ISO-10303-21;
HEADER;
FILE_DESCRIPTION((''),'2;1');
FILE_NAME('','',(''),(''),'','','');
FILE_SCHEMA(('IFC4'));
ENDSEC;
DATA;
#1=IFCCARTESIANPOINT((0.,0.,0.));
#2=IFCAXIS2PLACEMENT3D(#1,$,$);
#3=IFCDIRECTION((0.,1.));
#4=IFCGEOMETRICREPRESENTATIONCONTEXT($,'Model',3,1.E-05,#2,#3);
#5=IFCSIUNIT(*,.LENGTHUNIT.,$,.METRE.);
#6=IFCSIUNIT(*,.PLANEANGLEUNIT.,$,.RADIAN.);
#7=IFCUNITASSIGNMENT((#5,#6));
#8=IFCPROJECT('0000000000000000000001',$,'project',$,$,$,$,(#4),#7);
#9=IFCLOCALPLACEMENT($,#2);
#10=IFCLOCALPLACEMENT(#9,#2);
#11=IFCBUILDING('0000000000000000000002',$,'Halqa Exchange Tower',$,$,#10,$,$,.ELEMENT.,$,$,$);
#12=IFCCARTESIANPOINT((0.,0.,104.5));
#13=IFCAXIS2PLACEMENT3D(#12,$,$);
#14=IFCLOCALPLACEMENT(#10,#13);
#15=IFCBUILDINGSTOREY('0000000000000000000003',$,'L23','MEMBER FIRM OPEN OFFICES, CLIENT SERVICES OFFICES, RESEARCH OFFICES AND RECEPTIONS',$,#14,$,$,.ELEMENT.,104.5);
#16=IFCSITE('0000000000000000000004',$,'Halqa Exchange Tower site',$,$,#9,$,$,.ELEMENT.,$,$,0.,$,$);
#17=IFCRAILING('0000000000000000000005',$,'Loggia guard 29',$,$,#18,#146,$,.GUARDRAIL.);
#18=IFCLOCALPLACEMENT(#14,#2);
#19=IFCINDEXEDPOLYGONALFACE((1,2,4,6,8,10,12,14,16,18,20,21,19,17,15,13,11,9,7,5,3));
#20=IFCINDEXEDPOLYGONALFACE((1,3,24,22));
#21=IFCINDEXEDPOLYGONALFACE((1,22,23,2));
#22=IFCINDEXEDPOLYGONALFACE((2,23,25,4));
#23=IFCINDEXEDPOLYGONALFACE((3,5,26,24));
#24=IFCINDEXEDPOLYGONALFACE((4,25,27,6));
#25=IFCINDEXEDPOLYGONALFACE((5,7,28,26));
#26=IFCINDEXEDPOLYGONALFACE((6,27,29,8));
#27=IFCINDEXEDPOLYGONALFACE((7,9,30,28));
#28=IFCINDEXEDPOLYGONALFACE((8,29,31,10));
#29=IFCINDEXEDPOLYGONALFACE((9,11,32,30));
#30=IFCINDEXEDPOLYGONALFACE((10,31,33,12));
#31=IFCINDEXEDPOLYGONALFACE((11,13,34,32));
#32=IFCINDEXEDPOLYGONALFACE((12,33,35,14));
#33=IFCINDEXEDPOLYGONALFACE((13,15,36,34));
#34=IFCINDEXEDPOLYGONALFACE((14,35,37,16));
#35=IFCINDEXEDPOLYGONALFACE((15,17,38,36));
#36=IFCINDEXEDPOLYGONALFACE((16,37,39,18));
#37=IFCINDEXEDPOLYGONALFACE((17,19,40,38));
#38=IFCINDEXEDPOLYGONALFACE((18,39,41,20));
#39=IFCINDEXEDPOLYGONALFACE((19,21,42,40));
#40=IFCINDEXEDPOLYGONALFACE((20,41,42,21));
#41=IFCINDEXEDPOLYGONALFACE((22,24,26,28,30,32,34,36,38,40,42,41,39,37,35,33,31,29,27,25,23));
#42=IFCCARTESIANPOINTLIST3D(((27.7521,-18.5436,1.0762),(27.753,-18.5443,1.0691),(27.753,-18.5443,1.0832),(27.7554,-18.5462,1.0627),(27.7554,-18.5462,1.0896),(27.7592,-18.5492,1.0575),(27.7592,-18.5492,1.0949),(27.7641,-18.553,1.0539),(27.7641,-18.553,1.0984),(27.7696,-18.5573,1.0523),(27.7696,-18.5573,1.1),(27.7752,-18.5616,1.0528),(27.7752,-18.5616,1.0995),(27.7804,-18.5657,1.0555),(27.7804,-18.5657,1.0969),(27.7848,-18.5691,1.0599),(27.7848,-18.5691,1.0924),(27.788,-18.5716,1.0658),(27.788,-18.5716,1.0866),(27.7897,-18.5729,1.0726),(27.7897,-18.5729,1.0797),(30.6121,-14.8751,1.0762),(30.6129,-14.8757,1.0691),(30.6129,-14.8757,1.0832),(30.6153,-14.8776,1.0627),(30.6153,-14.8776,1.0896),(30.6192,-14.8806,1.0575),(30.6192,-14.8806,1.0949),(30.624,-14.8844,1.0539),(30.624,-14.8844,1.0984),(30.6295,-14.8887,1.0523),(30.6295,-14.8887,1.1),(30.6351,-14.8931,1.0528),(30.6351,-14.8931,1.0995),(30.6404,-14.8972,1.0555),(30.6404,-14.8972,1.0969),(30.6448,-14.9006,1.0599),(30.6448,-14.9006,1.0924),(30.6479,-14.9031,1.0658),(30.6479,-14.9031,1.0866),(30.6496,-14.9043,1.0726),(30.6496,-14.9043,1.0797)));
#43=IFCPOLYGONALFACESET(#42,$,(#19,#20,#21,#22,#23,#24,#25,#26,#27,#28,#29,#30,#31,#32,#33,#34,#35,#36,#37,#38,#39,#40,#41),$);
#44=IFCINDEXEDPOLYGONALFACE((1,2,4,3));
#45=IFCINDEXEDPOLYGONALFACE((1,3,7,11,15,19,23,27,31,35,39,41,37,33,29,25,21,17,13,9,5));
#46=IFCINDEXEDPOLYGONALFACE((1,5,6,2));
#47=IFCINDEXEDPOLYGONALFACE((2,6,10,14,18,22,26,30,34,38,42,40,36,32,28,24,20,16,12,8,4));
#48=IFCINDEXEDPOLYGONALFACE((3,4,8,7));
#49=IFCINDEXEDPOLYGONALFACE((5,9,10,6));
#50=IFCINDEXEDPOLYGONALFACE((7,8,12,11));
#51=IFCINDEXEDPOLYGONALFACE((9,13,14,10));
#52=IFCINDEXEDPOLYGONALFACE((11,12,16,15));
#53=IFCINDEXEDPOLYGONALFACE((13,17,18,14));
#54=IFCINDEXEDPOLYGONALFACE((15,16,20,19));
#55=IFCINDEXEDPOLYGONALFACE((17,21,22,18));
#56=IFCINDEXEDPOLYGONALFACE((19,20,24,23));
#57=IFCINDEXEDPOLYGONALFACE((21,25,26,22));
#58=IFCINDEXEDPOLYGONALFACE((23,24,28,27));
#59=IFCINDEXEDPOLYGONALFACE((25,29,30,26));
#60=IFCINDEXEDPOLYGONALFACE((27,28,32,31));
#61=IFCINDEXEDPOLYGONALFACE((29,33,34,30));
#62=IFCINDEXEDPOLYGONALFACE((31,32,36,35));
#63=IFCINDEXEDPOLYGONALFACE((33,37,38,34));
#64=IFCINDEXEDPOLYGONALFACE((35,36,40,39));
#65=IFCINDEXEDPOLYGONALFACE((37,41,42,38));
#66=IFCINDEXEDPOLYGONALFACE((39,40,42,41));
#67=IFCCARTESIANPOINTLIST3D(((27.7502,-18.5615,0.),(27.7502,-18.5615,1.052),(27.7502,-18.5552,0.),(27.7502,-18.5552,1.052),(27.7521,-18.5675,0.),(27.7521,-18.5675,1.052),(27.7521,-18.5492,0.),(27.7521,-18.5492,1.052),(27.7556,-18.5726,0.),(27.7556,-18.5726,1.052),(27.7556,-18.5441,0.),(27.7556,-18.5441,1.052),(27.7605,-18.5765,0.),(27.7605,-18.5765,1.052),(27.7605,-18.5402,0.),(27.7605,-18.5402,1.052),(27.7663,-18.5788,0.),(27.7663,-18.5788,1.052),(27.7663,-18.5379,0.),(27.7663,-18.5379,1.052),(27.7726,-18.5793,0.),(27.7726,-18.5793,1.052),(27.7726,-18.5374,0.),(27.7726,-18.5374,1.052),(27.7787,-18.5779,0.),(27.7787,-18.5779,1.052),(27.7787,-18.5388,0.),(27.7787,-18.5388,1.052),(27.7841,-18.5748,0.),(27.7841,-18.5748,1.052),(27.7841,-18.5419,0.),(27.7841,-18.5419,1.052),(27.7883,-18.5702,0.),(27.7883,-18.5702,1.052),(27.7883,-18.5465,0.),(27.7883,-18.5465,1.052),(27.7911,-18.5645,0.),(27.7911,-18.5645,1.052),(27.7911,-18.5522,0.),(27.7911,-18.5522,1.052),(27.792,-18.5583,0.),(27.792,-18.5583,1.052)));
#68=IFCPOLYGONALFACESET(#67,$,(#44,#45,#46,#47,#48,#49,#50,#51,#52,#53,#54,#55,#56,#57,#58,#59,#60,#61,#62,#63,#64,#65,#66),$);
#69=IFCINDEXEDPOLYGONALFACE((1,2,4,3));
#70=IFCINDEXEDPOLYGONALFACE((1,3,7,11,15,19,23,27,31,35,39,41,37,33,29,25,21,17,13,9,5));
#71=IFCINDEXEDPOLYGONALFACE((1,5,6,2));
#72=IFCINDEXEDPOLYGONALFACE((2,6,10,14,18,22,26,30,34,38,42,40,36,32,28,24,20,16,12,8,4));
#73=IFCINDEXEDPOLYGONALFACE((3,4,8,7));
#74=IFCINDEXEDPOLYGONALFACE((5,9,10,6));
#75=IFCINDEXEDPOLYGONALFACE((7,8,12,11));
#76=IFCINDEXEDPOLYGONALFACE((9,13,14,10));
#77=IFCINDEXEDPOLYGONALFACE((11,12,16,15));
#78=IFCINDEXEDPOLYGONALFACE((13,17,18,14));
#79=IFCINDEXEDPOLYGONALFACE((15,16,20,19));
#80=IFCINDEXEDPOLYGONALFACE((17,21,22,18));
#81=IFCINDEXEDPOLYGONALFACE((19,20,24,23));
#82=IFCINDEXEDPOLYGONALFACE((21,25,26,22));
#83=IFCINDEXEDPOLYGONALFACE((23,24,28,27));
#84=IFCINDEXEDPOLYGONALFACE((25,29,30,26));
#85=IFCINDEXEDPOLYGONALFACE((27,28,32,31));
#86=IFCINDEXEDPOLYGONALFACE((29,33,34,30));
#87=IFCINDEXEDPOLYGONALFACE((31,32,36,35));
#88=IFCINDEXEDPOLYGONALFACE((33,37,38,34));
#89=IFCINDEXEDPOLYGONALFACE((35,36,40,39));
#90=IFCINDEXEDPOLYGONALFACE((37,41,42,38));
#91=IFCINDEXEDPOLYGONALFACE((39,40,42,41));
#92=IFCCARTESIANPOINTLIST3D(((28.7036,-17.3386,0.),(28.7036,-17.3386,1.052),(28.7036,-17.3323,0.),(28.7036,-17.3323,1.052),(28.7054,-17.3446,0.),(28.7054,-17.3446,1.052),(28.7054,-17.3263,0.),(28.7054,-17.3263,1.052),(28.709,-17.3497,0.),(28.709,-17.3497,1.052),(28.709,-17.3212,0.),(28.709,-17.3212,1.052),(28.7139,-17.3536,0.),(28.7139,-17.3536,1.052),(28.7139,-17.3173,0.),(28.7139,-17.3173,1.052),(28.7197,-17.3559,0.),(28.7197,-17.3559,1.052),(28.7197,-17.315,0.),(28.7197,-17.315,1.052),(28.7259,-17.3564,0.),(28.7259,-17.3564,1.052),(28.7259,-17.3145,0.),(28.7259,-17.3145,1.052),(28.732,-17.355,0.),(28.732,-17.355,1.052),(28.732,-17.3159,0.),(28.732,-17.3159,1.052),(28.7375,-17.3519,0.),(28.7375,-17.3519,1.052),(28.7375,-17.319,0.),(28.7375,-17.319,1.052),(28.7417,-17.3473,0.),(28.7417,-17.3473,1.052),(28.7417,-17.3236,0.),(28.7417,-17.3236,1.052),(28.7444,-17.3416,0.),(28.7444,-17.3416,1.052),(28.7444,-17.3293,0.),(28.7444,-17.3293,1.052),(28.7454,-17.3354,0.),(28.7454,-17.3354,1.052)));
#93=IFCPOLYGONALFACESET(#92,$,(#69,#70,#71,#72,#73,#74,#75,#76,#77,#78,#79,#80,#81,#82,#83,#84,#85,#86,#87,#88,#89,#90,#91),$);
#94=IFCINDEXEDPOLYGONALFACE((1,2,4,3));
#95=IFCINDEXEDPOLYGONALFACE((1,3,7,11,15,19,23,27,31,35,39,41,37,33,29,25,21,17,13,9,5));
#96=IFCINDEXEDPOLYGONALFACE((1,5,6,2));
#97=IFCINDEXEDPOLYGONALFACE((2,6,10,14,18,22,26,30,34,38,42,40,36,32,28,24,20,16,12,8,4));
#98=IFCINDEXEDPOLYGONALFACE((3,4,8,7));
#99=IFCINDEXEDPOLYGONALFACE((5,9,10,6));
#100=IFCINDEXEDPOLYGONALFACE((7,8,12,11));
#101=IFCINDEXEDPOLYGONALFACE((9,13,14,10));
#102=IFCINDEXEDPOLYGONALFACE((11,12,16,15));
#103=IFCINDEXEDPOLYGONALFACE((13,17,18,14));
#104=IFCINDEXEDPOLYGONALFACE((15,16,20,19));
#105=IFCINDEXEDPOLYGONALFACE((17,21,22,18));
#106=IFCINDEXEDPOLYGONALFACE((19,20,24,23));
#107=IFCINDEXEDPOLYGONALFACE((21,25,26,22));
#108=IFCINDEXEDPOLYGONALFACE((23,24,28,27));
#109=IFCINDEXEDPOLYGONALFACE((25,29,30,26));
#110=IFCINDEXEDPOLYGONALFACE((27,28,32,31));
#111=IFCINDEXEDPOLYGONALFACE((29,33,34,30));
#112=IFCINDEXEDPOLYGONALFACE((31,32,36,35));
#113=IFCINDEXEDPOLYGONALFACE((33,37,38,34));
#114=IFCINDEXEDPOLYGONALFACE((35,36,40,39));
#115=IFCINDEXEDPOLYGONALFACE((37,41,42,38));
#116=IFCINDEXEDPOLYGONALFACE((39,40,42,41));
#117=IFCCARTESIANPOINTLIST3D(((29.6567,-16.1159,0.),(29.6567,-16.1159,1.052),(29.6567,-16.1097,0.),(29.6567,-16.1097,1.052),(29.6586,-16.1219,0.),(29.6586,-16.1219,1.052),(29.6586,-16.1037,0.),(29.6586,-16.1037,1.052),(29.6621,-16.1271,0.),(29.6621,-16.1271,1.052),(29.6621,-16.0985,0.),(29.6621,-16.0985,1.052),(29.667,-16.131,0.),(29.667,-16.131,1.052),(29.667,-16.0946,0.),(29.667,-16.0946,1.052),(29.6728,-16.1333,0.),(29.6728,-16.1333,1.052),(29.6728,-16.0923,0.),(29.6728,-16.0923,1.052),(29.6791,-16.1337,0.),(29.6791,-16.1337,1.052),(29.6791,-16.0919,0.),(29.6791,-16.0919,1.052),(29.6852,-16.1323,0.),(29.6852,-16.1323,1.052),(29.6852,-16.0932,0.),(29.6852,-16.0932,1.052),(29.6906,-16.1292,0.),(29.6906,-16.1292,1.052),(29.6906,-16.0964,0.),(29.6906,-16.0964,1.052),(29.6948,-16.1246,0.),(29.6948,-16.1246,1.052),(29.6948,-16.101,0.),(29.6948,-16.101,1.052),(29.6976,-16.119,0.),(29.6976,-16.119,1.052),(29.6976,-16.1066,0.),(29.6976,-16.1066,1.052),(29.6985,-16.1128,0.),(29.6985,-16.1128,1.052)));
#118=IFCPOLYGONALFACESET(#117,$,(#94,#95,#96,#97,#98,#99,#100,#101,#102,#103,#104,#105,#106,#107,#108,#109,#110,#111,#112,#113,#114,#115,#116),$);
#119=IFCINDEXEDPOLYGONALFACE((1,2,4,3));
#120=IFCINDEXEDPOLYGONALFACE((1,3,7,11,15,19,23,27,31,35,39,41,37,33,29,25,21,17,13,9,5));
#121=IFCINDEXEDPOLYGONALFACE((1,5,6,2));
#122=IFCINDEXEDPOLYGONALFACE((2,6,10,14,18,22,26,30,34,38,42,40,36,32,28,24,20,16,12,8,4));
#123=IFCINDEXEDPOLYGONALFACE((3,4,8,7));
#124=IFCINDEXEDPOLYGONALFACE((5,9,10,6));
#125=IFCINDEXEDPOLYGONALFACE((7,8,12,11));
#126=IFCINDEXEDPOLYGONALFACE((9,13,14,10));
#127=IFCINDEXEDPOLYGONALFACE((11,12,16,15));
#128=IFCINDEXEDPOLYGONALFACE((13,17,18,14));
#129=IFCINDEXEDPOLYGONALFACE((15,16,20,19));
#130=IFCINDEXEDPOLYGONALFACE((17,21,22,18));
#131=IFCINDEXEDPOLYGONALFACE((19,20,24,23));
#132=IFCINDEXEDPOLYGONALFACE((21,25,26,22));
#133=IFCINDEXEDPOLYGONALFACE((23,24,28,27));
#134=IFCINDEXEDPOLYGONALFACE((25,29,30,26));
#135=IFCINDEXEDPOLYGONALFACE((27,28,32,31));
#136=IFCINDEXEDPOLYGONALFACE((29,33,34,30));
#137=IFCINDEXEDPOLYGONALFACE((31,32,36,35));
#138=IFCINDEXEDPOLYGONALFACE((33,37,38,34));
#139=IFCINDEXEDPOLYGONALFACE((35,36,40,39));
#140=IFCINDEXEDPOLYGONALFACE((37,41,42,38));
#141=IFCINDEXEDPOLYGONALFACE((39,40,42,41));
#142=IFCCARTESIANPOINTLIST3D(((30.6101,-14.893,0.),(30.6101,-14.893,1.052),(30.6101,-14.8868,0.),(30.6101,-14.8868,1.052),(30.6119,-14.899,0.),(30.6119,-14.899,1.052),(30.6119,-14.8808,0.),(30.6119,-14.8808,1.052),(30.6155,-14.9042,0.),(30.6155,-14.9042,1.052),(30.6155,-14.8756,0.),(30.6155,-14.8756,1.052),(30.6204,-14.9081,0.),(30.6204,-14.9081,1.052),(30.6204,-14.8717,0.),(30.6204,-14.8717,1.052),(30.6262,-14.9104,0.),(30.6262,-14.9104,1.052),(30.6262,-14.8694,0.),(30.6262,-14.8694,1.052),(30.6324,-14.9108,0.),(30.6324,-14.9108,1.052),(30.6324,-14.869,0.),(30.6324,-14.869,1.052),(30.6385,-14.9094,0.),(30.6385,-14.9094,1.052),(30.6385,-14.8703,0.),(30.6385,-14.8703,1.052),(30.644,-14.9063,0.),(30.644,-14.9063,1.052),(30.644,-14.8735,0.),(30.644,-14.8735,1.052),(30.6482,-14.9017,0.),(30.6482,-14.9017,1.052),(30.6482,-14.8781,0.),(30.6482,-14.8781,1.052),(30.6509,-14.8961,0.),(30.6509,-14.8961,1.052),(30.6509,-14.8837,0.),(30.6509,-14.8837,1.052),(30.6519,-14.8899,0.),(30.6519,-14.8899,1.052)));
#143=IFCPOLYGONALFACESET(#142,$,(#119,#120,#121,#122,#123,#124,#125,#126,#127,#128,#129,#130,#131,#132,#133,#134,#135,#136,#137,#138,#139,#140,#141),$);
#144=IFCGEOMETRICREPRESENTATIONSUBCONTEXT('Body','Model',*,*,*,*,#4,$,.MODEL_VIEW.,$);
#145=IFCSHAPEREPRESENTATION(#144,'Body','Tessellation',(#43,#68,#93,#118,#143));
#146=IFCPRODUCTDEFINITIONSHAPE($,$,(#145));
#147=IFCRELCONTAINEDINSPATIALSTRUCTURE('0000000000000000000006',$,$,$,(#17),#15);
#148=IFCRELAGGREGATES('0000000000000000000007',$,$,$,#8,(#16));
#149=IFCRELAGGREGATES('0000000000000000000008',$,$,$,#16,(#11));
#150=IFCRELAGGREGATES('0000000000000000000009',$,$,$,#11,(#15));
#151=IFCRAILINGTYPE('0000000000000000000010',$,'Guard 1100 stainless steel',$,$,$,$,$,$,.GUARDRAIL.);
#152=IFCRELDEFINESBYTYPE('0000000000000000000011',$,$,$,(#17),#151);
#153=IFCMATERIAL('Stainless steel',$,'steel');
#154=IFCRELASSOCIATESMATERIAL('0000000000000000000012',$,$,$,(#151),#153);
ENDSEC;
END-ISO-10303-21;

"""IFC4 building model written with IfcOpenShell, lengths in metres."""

from ifc_helpers import new_model, si_unit, direction, frame, origin, origin_2d, place, context, subcontext, project, spatial, circle, extrude, material, type_object, element, save


model = new_model("IFC4")

# Units and contexts
model_context = context("Model", 3, precision=1e-05, world=origin(), true_north=direction((0.0, 1.0)))
body_context = subcontext(model_context, "Body", "Model", "MODEL_VIEW")
ifc_project = project(units=[si_unit("LENGTHUNIT", "METRE"), si_unit("PLANEANGLEUNIT", "RADIAN")], contexts=[model_context])

# Site, building, storey
site_placement = place(None, origin())
site = spatial("IfcSite", under=ifc_project, at=site_placement, Name="Halqa Exchange Tower site", CompositionType="ELEMENT", RefElevation=0.0)
building_placement = place(site_placement, origin())
building = spatial("IfcBuilding", under=site, at=building_placement, Name="Halqa Exchange Tower", CompositionType="ELEMENT")
storey_placement = place(building_placement, frame((0.0, 0.0, 104.5)))
storey = spatial("IfcBuildingStorey", under=building, at=storey_placement, Name="L23", Description="MEMBER FIRM OPEN OFFICES, CLIENT SERVICES OFFICES, RESEARCH OFFICES AND RECEPTIONS", CompositionType="ELEMENT", Elevation=104.5)

# Railing
ifc_material_1 = material(Name="Stainless steel", Category="steel")
railing_type = type_object("IfcRailingType", Name="Guard 1100 stainless steel", PredefinedType="GUARDRAIL", material=ifc_material_1)
railing_1_placement = place(storey_placement, frame((27.771, -18.5583, 0.0)))
element("IfcRailing", 1, at=railing_1_placement, inside=storey, type_object=railing_type, Name="Loggia guard 29", PredefinedType="GUARDRAIL", context=body_context, shape_type="SweptSolid", body=[
    extrude(circle(Radius=0.0239, at=origin_2d()), frame((0.0, 0.0, 1.0762), z_axis=(0.614827, 0.788662, 0.0), x_axis=(-0.788662, 0.614827, 0.0)), (0.0, 0.0, 1.0), 4.6516),
    extrude(circle(Radius=0.021, at=origin_2d()), origin(), (0.0, 0.0, 1.0), 1.052),
    extrude(circle(Radius=0.021, at=origin_2d()), frame((0.9534, 1.2229, 0.0)), (0.0, 0.0, 1.0), 1.052),
    extrude(circle(Radius=0.021, at=origin_2d()), frame((1.9065, 2.4456, 0.0)), (0.0, 0.0, 1.0), 1.052),
    extrude(circle(Radius=0.021, at=origin_2d()), frame((2.8599, 3.6685, 0.0)), (0.0, 0.0, 1.0), 1.052),
])

save(model, "model.ifc")
